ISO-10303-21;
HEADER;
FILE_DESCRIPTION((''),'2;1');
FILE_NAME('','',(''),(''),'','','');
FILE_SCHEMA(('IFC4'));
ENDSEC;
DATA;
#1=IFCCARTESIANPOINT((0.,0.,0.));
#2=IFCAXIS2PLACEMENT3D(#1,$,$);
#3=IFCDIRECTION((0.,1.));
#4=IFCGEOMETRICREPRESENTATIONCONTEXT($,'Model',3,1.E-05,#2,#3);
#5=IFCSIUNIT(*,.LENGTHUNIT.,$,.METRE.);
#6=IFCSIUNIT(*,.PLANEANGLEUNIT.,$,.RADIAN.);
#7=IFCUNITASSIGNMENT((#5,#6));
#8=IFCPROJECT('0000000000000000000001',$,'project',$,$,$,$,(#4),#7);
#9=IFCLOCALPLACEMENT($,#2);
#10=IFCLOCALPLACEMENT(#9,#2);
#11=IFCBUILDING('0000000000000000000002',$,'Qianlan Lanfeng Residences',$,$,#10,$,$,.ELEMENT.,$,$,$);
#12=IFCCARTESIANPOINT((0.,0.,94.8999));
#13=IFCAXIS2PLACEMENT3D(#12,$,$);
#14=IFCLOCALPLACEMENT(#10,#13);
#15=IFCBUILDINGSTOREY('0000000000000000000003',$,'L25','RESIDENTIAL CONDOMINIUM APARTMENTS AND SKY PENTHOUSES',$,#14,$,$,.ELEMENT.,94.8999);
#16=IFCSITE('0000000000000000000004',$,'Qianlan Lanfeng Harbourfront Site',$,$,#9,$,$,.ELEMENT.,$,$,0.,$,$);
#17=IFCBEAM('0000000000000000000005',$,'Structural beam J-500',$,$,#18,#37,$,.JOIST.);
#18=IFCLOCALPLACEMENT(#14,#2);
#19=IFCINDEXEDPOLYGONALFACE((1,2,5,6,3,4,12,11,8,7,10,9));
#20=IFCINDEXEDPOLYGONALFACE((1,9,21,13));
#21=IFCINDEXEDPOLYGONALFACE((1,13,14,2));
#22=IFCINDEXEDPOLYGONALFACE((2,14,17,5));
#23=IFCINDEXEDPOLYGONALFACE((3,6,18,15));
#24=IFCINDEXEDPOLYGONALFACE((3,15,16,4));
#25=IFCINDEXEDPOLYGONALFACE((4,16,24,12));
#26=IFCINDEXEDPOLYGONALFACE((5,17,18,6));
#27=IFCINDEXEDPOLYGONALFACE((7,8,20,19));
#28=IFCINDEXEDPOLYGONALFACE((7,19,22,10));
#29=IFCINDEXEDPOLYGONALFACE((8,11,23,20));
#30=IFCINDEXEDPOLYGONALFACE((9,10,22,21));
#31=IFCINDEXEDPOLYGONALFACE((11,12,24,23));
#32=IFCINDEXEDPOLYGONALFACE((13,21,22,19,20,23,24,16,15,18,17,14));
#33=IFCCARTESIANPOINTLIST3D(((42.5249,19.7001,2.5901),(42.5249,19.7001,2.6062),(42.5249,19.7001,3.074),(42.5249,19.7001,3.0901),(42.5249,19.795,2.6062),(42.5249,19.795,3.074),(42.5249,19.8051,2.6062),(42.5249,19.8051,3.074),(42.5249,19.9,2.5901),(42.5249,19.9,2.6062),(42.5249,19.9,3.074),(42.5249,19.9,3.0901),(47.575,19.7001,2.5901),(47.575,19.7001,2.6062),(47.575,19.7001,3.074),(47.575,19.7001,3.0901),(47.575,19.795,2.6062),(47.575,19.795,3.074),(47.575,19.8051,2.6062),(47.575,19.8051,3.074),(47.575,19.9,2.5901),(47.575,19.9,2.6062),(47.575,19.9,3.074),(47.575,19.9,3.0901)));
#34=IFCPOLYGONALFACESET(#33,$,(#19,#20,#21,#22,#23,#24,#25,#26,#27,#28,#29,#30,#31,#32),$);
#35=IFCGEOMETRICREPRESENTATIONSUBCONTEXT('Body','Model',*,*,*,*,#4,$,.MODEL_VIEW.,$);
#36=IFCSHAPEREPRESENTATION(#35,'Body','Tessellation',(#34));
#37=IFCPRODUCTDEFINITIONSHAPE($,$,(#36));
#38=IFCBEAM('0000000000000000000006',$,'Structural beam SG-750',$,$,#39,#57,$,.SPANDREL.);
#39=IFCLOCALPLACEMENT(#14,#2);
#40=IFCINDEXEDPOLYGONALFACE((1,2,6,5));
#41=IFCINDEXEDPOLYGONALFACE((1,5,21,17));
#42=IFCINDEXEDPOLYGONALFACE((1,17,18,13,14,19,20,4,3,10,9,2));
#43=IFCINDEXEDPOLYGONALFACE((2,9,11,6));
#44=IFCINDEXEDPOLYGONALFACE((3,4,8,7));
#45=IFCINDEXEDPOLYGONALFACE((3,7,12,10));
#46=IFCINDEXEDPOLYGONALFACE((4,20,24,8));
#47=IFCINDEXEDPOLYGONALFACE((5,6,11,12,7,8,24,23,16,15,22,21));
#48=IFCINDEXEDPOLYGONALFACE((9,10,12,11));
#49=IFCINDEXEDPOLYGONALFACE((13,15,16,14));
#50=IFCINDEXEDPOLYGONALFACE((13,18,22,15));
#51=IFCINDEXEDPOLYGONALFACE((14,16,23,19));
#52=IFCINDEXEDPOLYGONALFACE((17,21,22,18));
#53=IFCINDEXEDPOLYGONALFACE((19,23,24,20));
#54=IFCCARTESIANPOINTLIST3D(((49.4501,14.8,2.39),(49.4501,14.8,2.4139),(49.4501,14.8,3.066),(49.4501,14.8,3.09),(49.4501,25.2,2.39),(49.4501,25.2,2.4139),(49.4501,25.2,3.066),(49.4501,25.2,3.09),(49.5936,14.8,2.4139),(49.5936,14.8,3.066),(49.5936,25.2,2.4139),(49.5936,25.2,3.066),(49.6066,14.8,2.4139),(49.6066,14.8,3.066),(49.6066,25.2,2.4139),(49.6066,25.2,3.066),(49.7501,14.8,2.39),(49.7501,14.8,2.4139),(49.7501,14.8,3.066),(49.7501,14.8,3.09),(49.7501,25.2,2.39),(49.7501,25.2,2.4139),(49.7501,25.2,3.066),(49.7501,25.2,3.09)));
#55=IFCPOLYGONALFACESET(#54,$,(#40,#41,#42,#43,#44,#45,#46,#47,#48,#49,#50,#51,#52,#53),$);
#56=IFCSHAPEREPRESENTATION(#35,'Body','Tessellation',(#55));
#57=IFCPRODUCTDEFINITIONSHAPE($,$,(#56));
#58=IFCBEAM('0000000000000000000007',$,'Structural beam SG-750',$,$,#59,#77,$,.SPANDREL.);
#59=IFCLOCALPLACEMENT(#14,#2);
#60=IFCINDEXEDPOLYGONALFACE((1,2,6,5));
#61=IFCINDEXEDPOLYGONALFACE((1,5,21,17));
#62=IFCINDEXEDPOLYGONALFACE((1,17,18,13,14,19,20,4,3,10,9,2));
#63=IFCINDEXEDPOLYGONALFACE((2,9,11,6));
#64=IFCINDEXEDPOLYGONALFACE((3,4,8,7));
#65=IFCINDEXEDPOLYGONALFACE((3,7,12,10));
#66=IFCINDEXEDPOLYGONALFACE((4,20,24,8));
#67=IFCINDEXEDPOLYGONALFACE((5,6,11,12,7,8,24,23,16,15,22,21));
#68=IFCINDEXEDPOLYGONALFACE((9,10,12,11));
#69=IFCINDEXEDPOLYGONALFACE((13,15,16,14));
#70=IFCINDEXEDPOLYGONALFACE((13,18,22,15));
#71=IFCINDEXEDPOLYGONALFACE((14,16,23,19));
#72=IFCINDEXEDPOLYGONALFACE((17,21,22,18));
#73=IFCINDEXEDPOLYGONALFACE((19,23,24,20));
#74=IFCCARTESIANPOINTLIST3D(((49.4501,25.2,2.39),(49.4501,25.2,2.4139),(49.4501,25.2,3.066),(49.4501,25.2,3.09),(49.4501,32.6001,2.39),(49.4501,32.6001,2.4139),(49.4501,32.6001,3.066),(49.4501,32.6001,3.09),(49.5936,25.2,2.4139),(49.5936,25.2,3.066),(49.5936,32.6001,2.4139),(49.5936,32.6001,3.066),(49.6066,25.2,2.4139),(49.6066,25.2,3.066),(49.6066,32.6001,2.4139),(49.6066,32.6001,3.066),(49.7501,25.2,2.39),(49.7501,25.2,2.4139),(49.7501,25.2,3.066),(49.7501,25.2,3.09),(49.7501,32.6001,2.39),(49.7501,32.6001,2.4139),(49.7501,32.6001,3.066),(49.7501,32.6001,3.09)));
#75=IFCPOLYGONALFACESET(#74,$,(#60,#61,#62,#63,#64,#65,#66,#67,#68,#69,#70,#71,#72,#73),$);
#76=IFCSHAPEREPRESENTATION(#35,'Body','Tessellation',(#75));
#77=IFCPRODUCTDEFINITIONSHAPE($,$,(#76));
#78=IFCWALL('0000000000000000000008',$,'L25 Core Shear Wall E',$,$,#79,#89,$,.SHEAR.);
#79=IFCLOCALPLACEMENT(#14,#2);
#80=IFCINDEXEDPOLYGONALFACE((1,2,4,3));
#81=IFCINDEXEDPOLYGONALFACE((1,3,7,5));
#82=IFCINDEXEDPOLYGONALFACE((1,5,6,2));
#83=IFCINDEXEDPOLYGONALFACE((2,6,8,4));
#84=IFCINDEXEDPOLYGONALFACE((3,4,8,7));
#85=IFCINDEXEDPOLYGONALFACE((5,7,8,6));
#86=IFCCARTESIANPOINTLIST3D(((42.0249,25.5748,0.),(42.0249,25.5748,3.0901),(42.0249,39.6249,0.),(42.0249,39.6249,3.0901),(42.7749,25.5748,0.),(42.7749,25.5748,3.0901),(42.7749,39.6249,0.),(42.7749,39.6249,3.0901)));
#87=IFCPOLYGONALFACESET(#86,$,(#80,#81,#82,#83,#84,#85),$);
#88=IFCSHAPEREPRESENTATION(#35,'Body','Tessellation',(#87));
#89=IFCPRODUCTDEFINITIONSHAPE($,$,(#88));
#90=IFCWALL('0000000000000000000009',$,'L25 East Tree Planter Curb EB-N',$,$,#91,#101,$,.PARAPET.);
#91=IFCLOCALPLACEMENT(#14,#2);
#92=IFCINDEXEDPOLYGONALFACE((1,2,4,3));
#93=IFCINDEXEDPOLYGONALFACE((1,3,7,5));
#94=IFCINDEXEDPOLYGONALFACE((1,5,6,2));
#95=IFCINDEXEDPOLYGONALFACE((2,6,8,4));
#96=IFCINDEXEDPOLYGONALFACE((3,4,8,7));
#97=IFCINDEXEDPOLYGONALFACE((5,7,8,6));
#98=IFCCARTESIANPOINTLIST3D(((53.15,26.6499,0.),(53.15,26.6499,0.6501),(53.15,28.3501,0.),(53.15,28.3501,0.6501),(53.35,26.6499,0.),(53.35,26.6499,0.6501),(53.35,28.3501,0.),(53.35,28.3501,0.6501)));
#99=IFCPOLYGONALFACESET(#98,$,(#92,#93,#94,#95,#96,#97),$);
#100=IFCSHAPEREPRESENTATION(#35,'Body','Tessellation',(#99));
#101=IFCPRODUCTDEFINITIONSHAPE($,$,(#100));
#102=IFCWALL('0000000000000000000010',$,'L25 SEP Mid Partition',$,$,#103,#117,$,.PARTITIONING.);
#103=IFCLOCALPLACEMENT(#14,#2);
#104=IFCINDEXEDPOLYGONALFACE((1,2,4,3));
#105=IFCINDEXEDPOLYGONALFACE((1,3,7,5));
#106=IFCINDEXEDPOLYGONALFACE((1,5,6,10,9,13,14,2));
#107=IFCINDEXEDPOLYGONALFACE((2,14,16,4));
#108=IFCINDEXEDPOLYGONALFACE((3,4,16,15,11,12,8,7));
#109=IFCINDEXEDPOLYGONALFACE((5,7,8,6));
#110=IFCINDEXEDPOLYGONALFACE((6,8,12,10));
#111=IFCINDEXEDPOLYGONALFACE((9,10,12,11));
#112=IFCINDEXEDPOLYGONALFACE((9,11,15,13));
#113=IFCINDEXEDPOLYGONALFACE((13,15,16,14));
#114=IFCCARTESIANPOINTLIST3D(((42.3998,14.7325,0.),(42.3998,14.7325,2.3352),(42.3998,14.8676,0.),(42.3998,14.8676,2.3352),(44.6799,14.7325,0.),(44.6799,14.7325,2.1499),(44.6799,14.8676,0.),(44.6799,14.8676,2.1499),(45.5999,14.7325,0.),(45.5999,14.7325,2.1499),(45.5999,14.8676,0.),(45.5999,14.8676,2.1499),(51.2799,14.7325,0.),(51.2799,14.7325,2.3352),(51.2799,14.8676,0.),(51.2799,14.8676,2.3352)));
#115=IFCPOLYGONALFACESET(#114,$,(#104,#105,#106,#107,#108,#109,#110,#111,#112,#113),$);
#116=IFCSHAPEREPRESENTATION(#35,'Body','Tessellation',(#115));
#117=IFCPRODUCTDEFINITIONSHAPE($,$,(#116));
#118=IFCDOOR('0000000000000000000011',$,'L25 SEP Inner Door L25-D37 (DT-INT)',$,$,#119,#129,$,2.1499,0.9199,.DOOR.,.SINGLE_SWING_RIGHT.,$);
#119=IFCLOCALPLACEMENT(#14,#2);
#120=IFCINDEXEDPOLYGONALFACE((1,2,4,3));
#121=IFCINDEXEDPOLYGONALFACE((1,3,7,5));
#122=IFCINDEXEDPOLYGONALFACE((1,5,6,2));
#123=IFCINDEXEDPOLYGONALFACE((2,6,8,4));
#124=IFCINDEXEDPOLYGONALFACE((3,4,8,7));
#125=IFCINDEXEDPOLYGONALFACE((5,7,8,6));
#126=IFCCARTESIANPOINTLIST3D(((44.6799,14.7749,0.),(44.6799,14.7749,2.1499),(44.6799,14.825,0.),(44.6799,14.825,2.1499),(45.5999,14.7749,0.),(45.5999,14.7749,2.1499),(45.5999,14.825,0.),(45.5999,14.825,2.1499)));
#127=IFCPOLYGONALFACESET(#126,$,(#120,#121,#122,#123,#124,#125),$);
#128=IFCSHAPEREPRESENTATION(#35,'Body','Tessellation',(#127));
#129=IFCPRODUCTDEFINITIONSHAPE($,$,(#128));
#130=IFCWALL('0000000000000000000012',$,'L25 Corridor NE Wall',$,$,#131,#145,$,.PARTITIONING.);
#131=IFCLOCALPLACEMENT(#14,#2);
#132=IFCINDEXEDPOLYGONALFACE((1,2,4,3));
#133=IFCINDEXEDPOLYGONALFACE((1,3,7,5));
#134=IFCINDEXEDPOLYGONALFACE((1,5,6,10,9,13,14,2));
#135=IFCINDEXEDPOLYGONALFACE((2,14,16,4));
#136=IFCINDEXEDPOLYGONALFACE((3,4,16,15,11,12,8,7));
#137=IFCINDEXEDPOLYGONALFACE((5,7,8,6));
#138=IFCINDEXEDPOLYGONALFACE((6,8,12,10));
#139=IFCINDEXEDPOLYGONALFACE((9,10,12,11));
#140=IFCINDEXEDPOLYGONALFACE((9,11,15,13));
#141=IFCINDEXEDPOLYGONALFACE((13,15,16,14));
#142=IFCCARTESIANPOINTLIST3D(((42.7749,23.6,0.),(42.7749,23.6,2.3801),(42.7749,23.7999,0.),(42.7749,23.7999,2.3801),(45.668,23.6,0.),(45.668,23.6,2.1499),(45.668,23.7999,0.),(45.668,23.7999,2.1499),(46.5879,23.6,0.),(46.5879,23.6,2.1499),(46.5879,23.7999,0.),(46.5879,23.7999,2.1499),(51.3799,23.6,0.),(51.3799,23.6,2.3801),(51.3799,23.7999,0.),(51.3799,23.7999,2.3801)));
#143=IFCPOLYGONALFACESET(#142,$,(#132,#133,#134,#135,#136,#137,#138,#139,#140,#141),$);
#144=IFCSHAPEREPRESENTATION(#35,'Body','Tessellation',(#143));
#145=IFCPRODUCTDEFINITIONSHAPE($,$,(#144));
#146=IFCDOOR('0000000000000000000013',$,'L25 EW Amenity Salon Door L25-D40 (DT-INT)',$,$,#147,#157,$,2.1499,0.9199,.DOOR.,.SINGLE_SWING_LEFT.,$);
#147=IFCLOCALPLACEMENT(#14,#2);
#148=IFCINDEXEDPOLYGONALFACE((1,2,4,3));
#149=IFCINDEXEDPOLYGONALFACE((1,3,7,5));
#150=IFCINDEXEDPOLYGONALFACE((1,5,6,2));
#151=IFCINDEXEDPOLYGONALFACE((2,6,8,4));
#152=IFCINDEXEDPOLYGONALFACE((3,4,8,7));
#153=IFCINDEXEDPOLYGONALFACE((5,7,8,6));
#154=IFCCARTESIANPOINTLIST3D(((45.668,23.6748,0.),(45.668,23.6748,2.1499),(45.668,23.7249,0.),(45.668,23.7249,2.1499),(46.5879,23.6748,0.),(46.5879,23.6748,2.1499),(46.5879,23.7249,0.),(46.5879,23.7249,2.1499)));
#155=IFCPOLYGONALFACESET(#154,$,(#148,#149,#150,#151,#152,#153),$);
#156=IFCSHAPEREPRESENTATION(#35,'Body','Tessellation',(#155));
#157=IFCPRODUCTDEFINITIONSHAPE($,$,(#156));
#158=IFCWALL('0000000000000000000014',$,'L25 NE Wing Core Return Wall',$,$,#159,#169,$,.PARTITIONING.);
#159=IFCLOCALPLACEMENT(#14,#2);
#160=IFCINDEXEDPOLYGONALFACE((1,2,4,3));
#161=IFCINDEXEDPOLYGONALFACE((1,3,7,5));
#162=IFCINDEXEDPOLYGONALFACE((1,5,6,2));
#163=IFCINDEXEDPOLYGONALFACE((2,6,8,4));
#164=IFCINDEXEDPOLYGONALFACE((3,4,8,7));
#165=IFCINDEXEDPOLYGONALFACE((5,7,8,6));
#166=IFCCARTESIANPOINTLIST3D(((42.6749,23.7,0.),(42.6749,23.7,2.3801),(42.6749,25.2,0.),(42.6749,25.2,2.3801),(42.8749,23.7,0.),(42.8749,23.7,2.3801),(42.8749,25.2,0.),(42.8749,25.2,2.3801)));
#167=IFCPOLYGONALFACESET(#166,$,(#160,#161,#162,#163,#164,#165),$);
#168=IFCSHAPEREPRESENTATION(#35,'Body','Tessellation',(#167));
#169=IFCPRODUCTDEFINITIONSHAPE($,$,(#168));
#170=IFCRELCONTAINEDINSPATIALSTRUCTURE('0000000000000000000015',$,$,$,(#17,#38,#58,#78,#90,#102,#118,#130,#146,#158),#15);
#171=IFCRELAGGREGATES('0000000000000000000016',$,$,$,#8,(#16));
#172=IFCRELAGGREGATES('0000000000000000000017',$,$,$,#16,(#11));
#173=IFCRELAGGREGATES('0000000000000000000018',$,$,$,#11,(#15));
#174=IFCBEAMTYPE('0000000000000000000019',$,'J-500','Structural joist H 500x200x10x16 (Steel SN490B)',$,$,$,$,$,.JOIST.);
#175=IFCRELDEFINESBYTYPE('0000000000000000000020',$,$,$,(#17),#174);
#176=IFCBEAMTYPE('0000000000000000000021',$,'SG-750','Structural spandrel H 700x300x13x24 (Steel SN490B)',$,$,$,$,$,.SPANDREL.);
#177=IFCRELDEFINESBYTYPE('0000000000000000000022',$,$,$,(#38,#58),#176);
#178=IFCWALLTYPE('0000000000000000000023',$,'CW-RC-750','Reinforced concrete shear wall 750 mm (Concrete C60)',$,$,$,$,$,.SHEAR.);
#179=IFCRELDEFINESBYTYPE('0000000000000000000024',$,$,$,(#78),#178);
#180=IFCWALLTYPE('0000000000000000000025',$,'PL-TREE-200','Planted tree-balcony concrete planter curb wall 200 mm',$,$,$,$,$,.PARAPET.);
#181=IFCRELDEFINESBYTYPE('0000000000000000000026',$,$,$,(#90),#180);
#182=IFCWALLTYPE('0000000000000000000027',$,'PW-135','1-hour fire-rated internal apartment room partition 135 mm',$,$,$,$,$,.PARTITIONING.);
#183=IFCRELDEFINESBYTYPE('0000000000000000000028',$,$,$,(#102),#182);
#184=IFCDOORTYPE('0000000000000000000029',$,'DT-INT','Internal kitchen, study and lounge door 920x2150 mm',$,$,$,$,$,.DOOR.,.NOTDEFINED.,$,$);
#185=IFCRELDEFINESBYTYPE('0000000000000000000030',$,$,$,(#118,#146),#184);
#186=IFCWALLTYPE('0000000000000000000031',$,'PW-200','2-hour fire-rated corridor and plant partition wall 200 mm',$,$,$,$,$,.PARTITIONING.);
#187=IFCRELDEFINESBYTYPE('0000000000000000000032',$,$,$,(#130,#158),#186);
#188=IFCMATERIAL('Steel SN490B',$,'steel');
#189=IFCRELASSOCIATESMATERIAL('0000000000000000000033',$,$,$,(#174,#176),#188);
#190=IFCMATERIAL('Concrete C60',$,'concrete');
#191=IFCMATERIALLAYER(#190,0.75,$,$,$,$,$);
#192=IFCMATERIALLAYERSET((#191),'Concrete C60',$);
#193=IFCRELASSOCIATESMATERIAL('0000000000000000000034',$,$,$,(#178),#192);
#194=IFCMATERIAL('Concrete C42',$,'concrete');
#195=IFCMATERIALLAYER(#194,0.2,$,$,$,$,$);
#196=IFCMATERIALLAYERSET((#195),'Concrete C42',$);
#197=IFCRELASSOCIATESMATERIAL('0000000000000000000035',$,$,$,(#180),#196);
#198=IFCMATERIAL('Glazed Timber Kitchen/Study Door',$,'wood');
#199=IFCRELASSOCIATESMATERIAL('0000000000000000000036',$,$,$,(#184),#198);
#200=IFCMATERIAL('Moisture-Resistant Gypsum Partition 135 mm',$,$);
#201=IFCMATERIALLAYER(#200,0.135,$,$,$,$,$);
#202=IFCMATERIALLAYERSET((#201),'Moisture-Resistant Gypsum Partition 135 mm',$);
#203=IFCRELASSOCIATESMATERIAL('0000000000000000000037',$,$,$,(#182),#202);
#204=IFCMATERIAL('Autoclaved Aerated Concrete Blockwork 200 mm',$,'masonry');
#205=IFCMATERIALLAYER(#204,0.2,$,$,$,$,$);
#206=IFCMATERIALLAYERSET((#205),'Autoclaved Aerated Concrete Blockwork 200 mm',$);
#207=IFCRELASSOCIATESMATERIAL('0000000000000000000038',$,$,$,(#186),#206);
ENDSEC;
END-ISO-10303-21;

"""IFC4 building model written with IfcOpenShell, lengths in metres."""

from ifc_helpers import new_model, si_unit, direction, frame, frame_2d, origin, origin_2d, place, context, subcontext, project, spatial, rectangle, i_section, extrude, material, layer, layer_set, material_profile, profile_set, type_object, element, fill, save


model = new_model("IFC4")

# Units and contexts
model_context = context("Model", 3, precision=1e-05, world=origin(), true_north=direction((0.0, 1.0)))
body_context = subcontext(model_context, "Body", "Model", "MODEL_VIEW")
ifc_project = project(units=[si_unit("LENGTHUNIT", "METRE"), si_unit("PLANEANGLEUNIT", "RADIAN")], contexts=[model_context])

# Site, building, storey
site_placement = place(None, origin())
site = spatial("IfcSite", under=ifc_project, at=site_placement, Name="Qianlan Lanfeng Harbourfront Site", CompositionType="ELEMENT", RefElevation=0.0)
building_placement = place(site_placement, origin())
building = spatial("IfcBuilding", under=site, at=building_placement, Name="Qianlan Lanfeng Residences", CompositionType="ELEMENT")
storey_placement = place(building_placement, frame((0.0, 0.0, 94.8999)))
storey = spatial("IfcBuildingStorey", under=building, at=storey_placement, Name="L25", Description="RESIDENTIAL CONDOMINIUM APARTMENTS AND SKY PENTHOUSES", CompositionType="ELEMENT", Elevation=94.8999)

# Shared definitions
ifc_material_1 = material(Name="Steel SN490B", Category="steel")

# Beams
ifc_material_profile_1 = material_profile(ifc_material_1, i_section(OverallWidth=0.2, OverallDepth=0.5, WebThickness=0.01, FlangeThickness=0.0161, at=origin_2d()), Name="H 500x200x10x16")
ifc_profile_set_1 = profile_set([ifc_material_profile_1], Name="Steel SN490B")
beam_type_1 = type_object("IfcBeamType", Name="J-500", Description="Structural joist H 500x200x10x16 (Steel SN490B)", PredefinedType="JOIST", material=ifc_profile_set_1)
beam_1_placement = place(storey_placement, frame((42.5249, 19.8, 2.8401), z_axis=(1.0, 0.0, 0.0), x_axis=(0.0, 1.0, 0.0)))
element("IfcBeam", 1, at=beam_1_placement, inside=storey, type_object=beam_type_1, Name="Structural beam J-500", PredefinedType="JOIST", context=body_context, shape_type="SweptSolid", body=[
    extrude(i_section(OverallWidth=0.2, OverallDepth=0.5, WebThickness=0.01, FlangeThickness=0.0161, at=origin_2d()), origin(), (0.0, 0.0, 1.0), 5.05),
])
ifc_material_profile_2 = material_profile(ifc_material_1, i_section(OverallWidth=0.3, OverallDepth=0.7, WebThickness=0.0129, FlangeThickness=0.0239, at=origin_2d()), Name="H 700x300x13x24")
ifc_profile_set_2 = profile_set([ifc_material_profile_2], Name="Steel SN490B")
beam_type_2 = type_object("IfcBeamType", Name="SG-750", Description="Structural spandrel H 700x300x13x24 (Steel SN490B)", PredefinedType="SPANDREL", material=ifc_profile_set_2)
beam_2_placement = place(storey_placement, frame((49.6001, 14.8, 2.74), z_axis=(0.0, 1.0, 0.0), x_axis=(-1.0, 0.0, 0.0)))
element("IfcBeam", 2, at=beam_2_placement, inside=storey, type_object=beam_type_2, Name="Structural beam SG-750", PredefinedType="SPANDREL", context=body_context, shape_type="SweptSolid", body=[
    extrude(i_section(OverallWidth=0.3, OverallDepth=0.7, WebThickness=0.0129, FlangeThickness=0.0239, at=origin_2d()), origin(), (0.0, 0.0, 1.0), 10.3999),
])
beam_3_placement = place(storey_placement, frame((49.6001, 25.2, 2.74), z_axis=(0.0, 1.0, 0.0), x_axis=(-1.0, 0.0, 0.0)))
element("IfcBeam", 3, at=beam_3_placement, inside=storey, type_object=beam_type_2, Name="Structural beam SG-750", PredefinedType="SPANDREL", context=body_context, shape_type="SweptSolid", body=[
    extrude(i_section(OverallWidth=0.3, OverallDepth=0.7, WebThickness=0.0129, FlangeThickness=0.0239, at=origin_2d()), origin(), (0.0, 0.0, 1.0), 7.4001),
])

# Walls
ifc_material_2 = material(Name="Concrete C60", Category="concrete")
ifc_layer_1 = layer(ifc_material_2, 0.75)
ifc_layer_set_1 = layer_set([ifc_layer_1], Name="Concrete C60")
wall_type_1 = type_object("IfcWallType", Name="CW-RC-750", Description="Reinforced concrete shear wall 750 mm (Concrete C60)", PredefinedType="SHEAR", material=ifc_layer_set_1)
wall_1_placement = place(storey_placement, frame((42.3999, 25.575, 0.0), z_axis=(0.0, 0.0, 1.0), x_axis=(0.0, 1.0, 0.0)))
element("IfcWall", 4, at=wall_1_placement, inside=storey, type_object=wall_type_1, Name="L25 Core Shear Wall E", PredefinedType="SHEAR", context=body_context, shape_type="SweptSolid", body=[
    extrude(rectangle(XDim=14.05, YDim=0.75, at=frame_2d((7.0249, 0.0))), origin(), (0.0, 0.0, 1.0), 3.0901),
])
ifc_material_3 = material(Name="Concrete C42", Category="concrete")
ifc_layer_2 = layer(ifc_material_3, 0.2)
ifc_layer_set_2 = layer_set([ifc_layer_2], Name="Concrete C42")
wall_type_2 = type_object("IfcWallType", Name="PL-TREE-200", Description="Planted tree-balcony concrete planter curb wall 200 mm", PredefinedType="PARAPET", material=ifc_layer_set_2)
wall_2_placement = place(storey_placement, frame((53.25, 26.6499, 0.0), z_axis=(0.0, 0.0, 1.0), x_axis=(0.0, 1.0, 0.0)))
element("IfcWall", 5, at=wall_2_placement, inside=storey, type_object=wall_type_2, Name="L25 East Tree Planter Curb EB-N", PredefinedType="PARAPET", context=body_context, shape_type="SweptSolid", body=[
    extrude(rectangle(XDim=1.7002, YDim=0.2, at=frame_2d((0.8501, 0.0))), origin(), (0.0, 0.0, 1.0), 0.6501),
])

# Walls, openings, doors
ifc_material_4 = material(Name="Glazed Timber Kitchen/Study Door", Category="wood")
door_type = type_object("IfcDoorType", Name="DT-INT", Description="Internal kitchen, study and lounge door 920x2150 mm", OperationType="NOTDEFINED", PredefinedType="DOOR", material=ifc_material_4)
ifc_material_5 = material(Name="Moisture-Resistant Gypsum Partition 135 mm")
ifc_layer_3 = layer(ifc_material_5, 0.135)
ifc_layer_set_3 = layer_set([ifc_layer_3], Name="Moisture-Resistant Gypsum Partition 135 mm")
wall_type_3 = type_object("IfcWallType", Name="PW-135", Description="1-hour fire-rated internal apartment room partition 135 mm", PredefinedType="PARTITIONING", material=ifc_layer_set_3)
wall_3_placement = place(storey_placement, frame((42.3999, 14.8, 0.0), z_axis=(0.0, 0.0, 1.0), x_axis=(1.0, 0.0, 0.0)))
wall_3 = element("IfcWall", 6, at=wall_3_placement, inside=storey, type_object=wall_type_3, Name="L25 SEP Mid Partition", PredefinedType="PARTITIONING", context=body_context, shape_type="SweptSolid", body=[
    extrude(rectangle(XDim=8.8801, YDim=0.135, at=frame_2d((4.4399, 0.0))), origin(), (0.0, 0.0, 1.0), 2.3352),
])
opening_1_placement = place(wall_3_placement, frame((2.28, 0.0, 0.0)))
opening_1 = element("IfcOpeningElement", 7, at=opening_1_placement, cuts=wall_3, PredefinedType="OPENING", context=body_context, shape_type="SweptSolid", body=[
    extrude(rectangle(XDim=0.9199, YDim=2.1499, at=frame_2d((0.46, 1.075))), frame((0.0, 0.0776, 0.0), z_axis=(0.0, -1.0, 0.0), x_axis=(1.0, 0.0, 0.0)), (0.0, 0.0, 1.0), 0.155),
])
door_1_placement = place(opening_1_placement, origin())
door_1 = element("IfcDoor", 8, at=door_1_placement, inside=storey, type_object=door_type, Name="L25 SEP Inner Door L25-D37 (DT-INT)", OperationType="SINGLE_SWING_RIGHT", OverallHeight=2.1499, OverallWidth=0.9199, PredefinedType="DOOR", context=body_context, shape_type="SweptSolid", body=[
    extrude(rectangle(XDim=0.9199, YDim=2.1499, at=frame_2d((0.46, 1.075))), frame((0.0, 0.0249, 0.0), z_axis=(0.0, -1.0, 0.0), x_axis=(1.0, 0.0, 0.0)), (0.0, 0.0, 1.0), 0.05),
])
fill(opening_1, door_1)
ifc_material_6 = material(Name="Autoclaved Aerated Concrete Blockwork 200 mm", Category="masonry")
ifc_layer_4 = layer(ifc_material_6, 0.2)
ifc_layer_set_4 = layer_set([ifc_layer_4], Name="Autoclaved Aerated Concrete Blockwork 200 mm")
wall_type_4 = type_object("IfcWallType", Name="PW-200", Description="2-hour fire-rated corridor and plant partition wall 200 mm", PredefinedType="PARTITIONING", material=ifc_layer_set_4)
wall_4_placement = place(storey_placement, frame((42.7749, 23.7, 0.0), z_axis=(0.0, 0.0, 1.0), x_axis=(1.0, 0.0, 0.0)))
wall_4 = element("IfcWall", 9, at=wall_4_placement, inside=storey, type_object=wall_type_4, Name="L25 Corridor NE Wall", PredefinedType="PARTITIONING", context=body_context, shape_type="SweptSolid", body=[
    extrude(rectangle(XDim=8.605, YDim=0.2, at=frame_2d((4.3025, 0.0))), origin(), (0.0, 0.0, 1.0), 2.3801),
])
opening_2_placement = place(wall_4_placement, frame((2.8931, 0.0, 0.0)))
opening_2 = element("IfcOpeningElement", 10, at=opening_2_placement, cuts=wall_4, PredefinedType="OPENING", context=body_context, shape_type="SweptSolid", body=[
    extrude(rectangle(XDim=0.9199, YDim=2.1499, at=frame_2d((0.46, 1.075))), frame((0.0, 0.1099, 0.0), z_axis=(0.0, -1.0, 0.0), x_axis=(1.0, 0.0, 0.0)), (0.0, 0.0, 1.0), 0.22),
])
door_2_placement = place(opening_2_placement, origin())
door_2 = element("IfcDoor", 11, at=door_2_placement, inside=storey, type_object=door_type, Name="L25 EW Amenity Salon Door L25-D40 (DT-INT)", OperationType="SINGLE_SWING_LEFT", OverallHeight=2.1499, OverallWidth=0.9199, PredefinedType="DOOR", context=body_context, shape_type="SweptSolid", body=[
    extrude(rectangle(XDim=0.9199, YDim=2.1499, at=frame_2d((0.46, 1.075))), frame((0.0, 0.0249, 0.0), z_axis=(0.0, -1.0, 0.0), x_axis=(1.0, 0.0, 0.0)), (0.0, 0.0, 1.0), 0.05),
])
fill(opening_2, door_2)

# Wall
wall_5_placement = place(storey_placement, frame((42.7749, 23.7, 0.0), z_axis=(0.0, 0.0, 1.0), x_axis=(0.0, 1.0, 0.0)))
element("IfcWall", 12, at=wall_5_placement, inside=storey, type_object=wall_type_4, Name="L25 NE Wing Core Return Wall", PredefinedType="PARTITIONING", context=body_context, shape_type="SweptSolid", body=[
    extrude(rectangle(XDim=1.5, YDim=0.2, at=frame_2d((0.75, 0.0))), origin(), (0.0, 0.0, 1.0), 2.3801),
])

save(model, "model.ifc")
